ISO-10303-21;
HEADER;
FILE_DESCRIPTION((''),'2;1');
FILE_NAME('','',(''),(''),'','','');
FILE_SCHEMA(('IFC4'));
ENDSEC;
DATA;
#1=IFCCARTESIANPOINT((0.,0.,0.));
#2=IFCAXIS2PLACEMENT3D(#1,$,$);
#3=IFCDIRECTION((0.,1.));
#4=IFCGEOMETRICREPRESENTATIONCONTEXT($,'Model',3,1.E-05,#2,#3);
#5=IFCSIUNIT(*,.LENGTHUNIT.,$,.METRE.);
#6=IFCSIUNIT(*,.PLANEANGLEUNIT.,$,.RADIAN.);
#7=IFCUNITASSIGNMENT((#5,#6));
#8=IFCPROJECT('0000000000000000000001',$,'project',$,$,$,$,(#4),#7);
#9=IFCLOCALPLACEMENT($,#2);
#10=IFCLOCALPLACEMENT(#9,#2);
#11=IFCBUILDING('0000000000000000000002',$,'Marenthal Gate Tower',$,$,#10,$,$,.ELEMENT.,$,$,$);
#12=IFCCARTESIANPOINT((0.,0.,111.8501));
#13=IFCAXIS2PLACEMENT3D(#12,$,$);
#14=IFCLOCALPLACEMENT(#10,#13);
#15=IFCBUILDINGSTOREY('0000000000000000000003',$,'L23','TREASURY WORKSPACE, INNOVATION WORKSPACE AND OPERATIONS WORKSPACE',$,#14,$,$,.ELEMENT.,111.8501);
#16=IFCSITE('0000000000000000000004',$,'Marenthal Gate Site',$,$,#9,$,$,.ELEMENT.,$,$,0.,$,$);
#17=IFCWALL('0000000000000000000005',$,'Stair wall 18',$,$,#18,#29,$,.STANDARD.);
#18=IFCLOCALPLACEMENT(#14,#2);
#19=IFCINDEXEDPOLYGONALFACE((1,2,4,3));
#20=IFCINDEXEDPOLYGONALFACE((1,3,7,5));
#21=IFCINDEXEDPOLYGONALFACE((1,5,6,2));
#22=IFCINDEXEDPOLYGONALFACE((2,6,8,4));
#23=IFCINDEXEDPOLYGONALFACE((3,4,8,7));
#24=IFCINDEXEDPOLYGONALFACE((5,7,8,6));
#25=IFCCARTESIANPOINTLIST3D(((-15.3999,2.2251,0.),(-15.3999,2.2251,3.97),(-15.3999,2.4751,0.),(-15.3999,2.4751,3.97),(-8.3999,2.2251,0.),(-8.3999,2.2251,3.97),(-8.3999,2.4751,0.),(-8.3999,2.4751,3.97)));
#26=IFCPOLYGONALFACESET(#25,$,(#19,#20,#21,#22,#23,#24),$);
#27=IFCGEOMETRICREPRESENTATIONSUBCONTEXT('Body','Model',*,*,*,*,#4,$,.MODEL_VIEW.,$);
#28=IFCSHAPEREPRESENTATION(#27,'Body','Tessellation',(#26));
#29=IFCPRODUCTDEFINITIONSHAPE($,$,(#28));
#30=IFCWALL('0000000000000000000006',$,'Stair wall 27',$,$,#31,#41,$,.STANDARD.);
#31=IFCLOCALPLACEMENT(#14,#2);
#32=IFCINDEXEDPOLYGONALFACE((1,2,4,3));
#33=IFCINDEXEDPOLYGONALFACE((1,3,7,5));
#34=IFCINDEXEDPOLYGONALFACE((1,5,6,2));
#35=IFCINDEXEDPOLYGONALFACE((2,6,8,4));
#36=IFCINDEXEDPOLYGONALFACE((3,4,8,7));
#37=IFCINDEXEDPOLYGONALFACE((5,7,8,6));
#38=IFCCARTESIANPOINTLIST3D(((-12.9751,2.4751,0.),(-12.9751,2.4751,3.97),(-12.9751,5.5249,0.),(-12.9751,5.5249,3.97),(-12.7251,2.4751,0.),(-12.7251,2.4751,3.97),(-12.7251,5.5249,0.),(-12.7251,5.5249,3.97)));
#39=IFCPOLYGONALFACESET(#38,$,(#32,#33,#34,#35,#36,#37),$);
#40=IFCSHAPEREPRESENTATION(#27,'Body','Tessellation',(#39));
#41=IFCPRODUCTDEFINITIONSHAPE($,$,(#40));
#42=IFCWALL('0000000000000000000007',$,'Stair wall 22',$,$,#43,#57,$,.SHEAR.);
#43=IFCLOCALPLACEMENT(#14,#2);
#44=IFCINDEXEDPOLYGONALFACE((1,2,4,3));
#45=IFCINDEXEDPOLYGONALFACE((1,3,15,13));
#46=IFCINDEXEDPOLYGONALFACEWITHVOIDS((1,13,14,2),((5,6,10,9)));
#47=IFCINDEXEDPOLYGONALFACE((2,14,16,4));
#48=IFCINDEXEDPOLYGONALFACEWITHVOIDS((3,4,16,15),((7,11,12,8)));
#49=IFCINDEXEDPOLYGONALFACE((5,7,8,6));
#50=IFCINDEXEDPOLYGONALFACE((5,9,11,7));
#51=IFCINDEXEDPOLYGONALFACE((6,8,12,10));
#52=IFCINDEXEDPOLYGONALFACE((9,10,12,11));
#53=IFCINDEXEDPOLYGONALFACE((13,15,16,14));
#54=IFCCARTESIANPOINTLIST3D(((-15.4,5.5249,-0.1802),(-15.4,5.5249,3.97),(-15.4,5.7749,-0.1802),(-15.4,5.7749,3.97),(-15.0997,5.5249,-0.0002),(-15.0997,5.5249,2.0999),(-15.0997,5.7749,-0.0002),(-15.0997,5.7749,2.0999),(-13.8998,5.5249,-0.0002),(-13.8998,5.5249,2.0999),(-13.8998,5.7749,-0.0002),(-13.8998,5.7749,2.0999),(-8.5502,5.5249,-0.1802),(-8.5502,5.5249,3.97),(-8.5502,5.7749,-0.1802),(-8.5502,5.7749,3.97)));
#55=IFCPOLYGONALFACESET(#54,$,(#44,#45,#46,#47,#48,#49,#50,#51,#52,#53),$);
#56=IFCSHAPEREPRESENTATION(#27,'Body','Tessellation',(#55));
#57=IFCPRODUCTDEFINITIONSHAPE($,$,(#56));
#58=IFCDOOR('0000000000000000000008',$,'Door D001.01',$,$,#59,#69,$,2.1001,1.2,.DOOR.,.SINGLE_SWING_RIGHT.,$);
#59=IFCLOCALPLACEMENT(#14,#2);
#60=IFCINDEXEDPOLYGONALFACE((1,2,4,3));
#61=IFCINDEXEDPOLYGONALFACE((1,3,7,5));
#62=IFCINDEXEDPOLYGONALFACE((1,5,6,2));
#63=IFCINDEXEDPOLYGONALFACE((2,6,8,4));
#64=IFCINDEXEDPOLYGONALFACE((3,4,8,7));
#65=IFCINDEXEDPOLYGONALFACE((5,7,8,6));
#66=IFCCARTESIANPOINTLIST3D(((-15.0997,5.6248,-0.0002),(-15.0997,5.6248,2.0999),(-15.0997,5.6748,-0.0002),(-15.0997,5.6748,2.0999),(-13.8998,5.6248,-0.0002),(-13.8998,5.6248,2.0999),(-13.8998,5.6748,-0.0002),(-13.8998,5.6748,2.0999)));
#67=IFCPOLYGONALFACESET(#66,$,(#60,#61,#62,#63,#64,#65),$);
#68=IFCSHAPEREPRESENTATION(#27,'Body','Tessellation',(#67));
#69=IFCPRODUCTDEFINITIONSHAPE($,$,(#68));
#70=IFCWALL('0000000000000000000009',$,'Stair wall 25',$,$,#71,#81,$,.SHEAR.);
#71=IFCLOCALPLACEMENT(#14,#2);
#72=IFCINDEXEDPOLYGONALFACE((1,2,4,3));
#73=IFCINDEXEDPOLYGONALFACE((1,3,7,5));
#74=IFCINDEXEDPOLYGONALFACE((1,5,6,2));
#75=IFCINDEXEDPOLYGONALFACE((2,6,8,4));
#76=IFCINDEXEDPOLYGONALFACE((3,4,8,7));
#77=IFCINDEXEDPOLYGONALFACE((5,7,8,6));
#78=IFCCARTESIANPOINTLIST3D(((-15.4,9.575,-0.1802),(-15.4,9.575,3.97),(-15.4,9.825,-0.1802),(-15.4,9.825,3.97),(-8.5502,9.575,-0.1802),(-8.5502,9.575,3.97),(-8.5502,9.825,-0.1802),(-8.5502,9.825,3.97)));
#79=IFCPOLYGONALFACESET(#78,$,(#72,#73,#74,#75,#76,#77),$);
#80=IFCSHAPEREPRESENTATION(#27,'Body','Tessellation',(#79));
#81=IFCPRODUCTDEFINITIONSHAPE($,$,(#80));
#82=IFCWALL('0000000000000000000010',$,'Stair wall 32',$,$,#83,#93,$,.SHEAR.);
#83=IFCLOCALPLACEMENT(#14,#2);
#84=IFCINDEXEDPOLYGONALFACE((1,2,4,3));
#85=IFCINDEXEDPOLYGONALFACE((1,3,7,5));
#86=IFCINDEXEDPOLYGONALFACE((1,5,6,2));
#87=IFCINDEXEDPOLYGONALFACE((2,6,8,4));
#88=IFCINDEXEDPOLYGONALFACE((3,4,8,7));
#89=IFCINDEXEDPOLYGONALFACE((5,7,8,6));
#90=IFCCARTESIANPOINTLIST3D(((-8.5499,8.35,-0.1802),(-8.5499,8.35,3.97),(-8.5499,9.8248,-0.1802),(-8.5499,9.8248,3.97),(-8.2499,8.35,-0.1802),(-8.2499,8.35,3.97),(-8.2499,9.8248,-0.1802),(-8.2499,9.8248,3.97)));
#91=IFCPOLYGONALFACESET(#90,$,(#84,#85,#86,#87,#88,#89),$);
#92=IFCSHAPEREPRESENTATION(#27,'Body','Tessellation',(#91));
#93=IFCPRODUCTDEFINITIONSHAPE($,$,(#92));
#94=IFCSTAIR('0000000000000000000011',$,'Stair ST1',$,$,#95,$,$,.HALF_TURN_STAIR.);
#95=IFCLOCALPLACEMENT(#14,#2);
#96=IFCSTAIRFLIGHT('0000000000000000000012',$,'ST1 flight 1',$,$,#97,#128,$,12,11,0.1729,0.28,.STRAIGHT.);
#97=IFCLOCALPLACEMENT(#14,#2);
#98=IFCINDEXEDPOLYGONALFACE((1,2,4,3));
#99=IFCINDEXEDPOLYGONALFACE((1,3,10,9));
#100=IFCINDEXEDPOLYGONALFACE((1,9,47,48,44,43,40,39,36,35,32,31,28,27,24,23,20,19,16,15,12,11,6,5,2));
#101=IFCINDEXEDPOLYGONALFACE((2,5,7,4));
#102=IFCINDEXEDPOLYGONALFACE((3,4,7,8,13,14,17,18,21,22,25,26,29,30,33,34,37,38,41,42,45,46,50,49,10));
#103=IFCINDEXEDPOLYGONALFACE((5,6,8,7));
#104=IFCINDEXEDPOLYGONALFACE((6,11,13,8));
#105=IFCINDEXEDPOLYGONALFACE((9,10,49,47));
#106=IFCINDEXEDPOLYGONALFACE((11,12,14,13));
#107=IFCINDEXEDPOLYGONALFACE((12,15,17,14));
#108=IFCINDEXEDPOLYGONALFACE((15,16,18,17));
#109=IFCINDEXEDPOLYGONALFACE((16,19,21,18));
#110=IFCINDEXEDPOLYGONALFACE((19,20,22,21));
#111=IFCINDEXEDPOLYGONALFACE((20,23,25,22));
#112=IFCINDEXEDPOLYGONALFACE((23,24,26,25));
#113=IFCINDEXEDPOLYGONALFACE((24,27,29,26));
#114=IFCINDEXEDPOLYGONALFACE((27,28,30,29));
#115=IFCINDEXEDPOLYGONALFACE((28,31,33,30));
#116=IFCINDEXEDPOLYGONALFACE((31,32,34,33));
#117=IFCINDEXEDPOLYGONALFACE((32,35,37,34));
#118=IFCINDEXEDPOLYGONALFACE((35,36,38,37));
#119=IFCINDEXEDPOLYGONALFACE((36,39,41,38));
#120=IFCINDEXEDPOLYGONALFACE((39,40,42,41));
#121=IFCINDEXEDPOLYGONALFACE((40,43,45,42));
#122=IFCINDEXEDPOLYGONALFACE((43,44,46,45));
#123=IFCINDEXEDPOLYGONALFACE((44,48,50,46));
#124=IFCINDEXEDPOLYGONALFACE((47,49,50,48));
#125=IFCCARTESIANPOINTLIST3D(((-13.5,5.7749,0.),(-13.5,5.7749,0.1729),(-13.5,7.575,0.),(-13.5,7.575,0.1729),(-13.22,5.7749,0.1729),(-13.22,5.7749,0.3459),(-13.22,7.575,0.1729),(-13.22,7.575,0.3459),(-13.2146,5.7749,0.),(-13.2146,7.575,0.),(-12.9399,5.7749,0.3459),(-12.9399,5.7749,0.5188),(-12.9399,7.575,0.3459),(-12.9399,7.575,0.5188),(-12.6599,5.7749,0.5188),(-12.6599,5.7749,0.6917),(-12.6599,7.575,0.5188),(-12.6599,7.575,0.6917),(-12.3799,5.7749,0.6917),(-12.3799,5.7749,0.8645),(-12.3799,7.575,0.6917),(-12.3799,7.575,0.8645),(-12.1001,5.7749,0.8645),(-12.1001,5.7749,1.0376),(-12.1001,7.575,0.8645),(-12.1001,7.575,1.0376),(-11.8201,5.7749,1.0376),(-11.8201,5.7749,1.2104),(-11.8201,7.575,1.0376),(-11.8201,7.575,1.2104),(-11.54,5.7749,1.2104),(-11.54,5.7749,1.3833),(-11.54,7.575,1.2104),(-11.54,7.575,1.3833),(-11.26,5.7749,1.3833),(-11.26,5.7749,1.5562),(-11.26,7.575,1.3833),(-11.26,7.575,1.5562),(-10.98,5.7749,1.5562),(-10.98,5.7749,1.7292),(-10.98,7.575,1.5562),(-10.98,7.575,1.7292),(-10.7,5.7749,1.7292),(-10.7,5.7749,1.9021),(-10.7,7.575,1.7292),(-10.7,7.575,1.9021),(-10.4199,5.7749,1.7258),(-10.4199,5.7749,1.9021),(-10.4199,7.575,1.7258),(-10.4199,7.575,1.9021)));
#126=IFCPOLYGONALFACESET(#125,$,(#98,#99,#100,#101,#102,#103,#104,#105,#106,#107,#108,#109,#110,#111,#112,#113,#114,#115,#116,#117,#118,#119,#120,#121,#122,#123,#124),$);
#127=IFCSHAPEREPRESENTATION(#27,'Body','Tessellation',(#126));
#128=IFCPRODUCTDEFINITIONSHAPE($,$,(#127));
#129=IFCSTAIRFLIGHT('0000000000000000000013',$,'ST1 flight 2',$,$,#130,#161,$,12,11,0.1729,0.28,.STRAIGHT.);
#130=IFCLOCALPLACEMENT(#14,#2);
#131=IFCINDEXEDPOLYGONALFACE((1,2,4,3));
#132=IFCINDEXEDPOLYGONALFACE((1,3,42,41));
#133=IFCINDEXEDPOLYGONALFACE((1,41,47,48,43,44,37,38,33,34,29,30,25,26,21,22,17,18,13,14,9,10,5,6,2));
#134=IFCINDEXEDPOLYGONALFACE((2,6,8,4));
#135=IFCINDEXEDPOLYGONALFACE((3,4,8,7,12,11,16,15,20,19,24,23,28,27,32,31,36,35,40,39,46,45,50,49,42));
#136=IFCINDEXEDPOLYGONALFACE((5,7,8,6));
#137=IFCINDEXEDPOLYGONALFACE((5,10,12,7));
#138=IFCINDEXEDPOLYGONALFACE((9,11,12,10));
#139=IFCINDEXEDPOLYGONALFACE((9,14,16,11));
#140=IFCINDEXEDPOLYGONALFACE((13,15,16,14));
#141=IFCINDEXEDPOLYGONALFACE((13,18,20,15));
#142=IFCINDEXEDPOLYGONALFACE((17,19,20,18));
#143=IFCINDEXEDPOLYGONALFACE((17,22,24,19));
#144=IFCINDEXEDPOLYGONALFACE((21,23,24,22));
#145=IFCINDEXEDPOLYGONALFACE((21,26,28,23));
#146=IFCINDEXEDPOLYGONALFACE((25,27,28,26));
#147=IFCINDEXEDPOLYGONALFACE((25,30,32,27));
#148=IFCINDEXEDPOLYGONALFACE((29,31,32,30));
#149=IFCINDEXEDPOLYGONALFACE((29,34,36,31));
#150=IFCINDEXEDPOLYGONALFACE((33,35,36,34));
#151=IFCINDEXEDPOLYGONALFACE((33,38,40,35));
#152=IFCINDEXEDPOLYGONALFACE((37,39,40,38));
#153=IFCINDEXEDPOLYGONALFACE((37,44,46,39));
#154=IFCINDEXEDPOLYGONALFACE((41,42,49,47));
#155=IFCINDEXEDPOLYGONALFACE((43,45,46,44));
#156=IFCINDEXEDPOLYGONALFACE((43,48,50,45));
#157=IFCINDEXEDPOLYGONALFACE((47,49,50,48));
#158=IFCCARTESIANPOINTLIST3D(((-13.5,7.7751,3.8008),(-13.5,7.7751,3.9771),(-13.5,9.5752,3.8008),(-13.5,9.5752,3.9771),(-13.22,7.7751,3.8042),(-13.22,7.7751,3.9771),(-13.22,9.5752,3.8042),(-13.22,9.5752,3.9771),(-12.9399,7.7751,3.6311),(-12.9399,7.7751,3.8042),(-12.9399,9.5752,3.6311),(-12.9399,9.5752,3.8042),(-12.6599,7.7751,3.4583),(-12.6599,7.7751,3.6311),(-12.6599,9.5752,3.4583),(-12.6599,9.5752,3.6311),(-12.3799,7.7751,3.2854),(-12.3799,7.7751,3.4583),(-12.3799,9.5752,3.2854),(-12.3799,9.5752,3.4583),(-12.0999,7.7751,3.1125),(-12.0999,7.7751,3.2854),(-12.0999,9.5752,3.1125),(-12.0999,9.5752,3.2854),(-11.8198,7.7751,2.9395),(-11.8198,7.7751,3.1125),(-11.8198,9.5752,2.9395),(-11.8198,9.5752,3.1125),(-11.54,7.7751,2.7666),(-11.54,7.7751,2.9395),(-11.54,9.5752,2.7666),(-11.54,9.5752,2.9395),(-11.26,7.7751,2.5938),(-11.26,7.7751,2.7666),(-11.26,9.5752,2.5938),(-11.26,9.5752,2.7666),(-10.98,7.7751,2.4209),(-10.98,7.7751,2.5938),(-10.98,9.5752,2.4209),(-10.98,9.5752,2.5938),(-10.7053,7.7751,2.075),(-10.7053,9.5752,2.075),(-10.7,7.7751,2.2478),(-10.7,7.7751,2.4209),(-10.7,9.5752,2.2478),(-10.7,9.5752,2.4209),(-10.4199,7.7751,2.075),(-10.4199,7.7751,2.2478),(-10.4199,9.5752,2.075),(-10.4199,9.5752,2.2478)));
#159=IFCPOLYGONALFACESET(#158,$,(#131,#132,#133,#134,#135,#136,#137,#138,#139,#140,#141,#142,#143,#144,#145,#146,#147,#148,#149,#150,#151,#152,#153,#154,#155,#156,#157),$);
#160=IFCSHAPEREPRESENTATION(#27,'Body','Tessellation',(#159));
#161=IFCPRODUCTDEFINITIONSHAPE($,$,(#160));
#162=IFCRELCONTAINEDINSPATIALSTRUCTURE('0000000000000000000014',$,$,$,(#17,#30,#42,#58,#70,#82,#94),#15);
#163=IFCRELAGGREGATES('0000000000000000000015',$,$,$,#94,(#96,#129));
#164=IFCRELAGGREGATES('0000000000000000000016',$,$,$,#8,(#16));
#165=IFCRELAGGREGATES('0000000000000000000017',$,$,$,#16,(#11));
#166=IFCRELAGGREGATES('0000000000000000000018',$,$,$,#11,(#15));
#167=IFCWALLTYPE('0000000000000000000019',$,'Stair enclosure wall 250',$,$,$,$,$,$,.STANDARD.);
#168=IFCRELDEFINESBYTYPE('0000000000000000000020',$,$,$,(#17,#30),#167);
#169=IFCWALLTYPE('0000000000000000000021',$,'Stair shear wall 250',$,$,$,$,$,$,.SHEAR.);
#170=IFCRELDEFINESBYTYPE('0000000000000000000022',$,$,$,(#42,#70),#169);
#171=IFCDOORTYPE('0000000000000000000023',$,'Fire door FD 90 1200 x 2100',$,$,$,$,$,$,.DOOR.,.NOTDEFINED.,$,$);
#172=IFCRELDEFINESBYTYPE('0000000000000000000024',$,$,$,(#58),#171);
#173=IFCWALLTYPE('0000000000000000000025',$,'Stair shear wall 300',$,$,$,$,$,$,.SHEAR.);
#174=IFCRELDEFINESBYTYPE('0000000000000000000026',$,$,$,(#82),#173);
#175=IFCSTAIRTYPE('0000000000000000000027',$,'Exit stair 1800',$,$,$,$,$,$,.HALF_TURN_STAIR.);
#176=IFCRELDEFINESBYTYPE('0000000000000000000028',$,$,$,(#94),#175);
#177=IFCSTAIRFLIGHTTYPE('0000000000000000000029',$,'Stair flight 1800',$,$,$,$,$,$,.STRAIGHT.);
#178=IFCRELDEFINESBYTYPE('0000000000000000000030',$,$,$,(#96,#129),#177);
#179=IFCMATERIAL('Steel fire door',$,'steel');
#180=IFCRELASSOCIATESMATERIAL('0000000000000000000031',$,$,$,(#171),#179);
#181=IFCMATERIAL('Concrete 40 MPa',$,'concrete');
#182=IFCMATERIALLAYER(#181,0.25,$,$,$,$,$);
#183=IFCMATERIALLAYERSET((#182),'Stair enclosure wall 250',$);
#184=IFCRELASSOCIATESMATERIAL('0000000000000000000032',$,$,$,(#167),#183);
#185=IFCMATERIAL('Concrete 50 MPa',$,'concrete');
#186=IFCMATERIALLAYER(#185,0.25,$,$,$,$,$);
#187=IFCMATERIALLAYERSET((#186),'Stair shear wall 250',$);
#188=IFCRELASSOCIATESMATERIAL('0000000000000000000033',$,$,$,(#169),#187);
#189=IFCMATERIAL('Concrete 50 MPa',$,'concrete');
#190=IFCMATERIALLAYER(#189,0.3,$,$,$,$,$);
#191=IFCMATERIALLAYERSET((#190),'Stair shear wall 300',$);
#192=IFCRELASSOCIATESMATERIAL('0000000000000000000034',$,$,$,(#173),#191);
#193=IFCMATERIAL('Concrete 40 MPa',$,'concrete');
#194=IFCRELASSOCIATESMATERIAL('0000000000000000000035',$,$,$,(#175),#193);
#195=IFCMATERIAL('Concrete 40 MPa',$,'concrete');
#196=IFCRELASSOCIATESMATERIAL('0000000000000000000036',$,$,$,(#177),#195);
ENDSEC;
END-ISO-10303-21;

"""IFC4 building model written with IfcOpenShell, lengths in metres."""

from ifc_helpers import new_model, si_unit, direction, frame, frame_2d, origin, place, context, subcontext, project, spatial, polyline, rectangle, outline, extrude, material, layer, layer_set, type_object, element, fill, aggregate, save


model = new_model("IFC4")

# Units and contexts
model_context = context("Model", 3, precision=1e-05, world=origin(), true_north=direction((0.0, 1.0)))
body_context = subcontext(model_context, "Body", "Model", "MODEL_VIEW")
ifc_project = project(units=[si_unit("LENGTHUNIT", "METRE"), si_unit("PLANEANGLEUNIT", "RADIAN")], contexts=[model_context])

# Site, building, storey
site_placement = place(None, origin())
site = spatial("IfcSite", under=ifc_project, at=site_placement, Name="Marenthal Gate Site", CompositionType="ELEMENT", RefElevation=0.0)
building_placement = place(site_placement, origin())
building = spatial("IfcBuilding", under=site, at=building_placement, Name="Marenthal Gate Tower", CompositionType="ELEMENT")
storey_placement = place(building_placement, frame((0.0, 0.0, 111.8501)))
storey = spatial("IfcBuildingStorey", under=building, at=storey_placement, Name="L23", Description="TREASURY WORKSPACE, INNOVATION WORKSPACE AND OPERATIONS WORKSPACE", CompositionType="ELEMENT", Elevation=111.8501)

# Shared definitions
ifc_material_1 = material(Name="Steel fire door", Category="steel")
door_type_1 = type_object("IfcDoorType", Name="Fire door FD 90 1200 x 2100", OperationType="NOTDEFINED", PredefinedType="DOOR", material=ifc_material_1)

# Walls
ifc_material_2 = material(Name="Concrete 40 MPa", Category="concrete")
ifc_layer_1 = layer(ifc_material_2, 0.25)
ifc_layer_set_1 = layer_set([ifc_layer_1], Name="Stair enclosure wall 250")
wall_type_1 = type_object("IfcWallType", Name="Stair enclosure wall 250", PredefinedType="STANDARD", material=ifc_layer_set_1)
wall_1_placement = place(storey_placement, frame((-15.3999, 2.3501, 0.0), z_axis=(0.0, 0.0, 1.0), x_axis=(1.0, 0.0, 0.0)))
element("IfcWall", 1, at=wall_1_placement, inside=storey, type_object=wall_type_1, Name="Stair wall 18", PredefinedType="STANDARD", context=body_context, shape_type="SweptSolid", body=[
    extrude(rectangle(XDim=7.0, YDim=0.25, at=frame_2d((3.5, 0.0))), origin(), (0.0, 0.0, 1.0), 3.97),
])
wall_2_placement = place(storey_placement, frame((-12.8501, 2.4751, 0.0), z_axis=(0.0, 0.0, 1.0), x_axis=(0.0, 1.0, 0.0)))
element("IfcWall", 2, at=wall_2_placement, inside=storey, type_object=wall_type_1, Name="Stair wall 27", PredefinedType="STANDARD", context=body_context, shape_type="SweptSolid", body=[
    extrude(rectangle(XDim=3.0498, YDim=0.25, at=frame_2d((1.5249, 0.0))), origin(), (0.0, 0.0, 1.0), 3.97),
])

# Wall, opening, door
ifc_material_3 = material(Name="Concrete 50 MPa", Category="concrete")
ifc_layer_2 = layer(ifc_material_3, 0.25)
ifc_layer_set_2 = layer_set([ifc_layer_2], Name="Stair shear wall 250")
wall_type_2 = type_object("IfcWallType", Name="Stair shear wall 250", PredefinedType="SHEAR", material=ifc_layer_set_2)
wall_3_placement = place(storey_placement, frame((-15.3999, 5.6499, -0.1802), z_axis=(0.0, 0.0, 1.0), x_axis=(1.0, 0.0, 0.0)))
wall_3 = element("IfcWall", 3, at=wall_3_placement, inside=storey, type_object=wall_type_2, Name="Stair wall 22", PredefinedType="SHEAR", context=body_context, shape_type="SweptSolid", body=[
    extrude(rectangle(XDim=6.8499, YDim=0.25, at=frame_2d((3.4248, 0.0))), origin(), (0.0, 0.0, 1.0), 4.1501),
])
opening_1_placement = place(wall_3_placement, frame((0.3, 0.0, 0.1799)))
opening_1 = element("IfcOpeningElement", 4, at=opening_1_placement, cuts=wall_3, PredefinedType="OPENING", context=body_context, shape_type="SweptSolid", body=[
    extrude(rectangle(XDim=1.2, YDim=2.1001, at=frame_2d((0.6001, 1.05))), frame((0.0, 0.135, 0.0), z_axis=(0.0, -1.0, 0.0), x_axis=(1.0, 0.0, 0.0)), (0.0, 0.0, 1.0), 0.27),
])
door_1_placement = place(opening_1_placement, origin())
door_1 = element("IfcDoor", 5, at=door_1_placement, inside=storey, type_object=door_type_1, Name="Door D001.01", OperationType="SINGLE_SWING_RIGHT", OverallHeight=2.1001, OverallWidth=1.2, PredefinedType="DOOR", context=body_context, shape_type="SweptSolid", body=[
    extrude(rectangle(XDim=1.2, YDim=2.1001, at=frame_2d((0.6001, 1.05))), frame((0.0, 0.0249, 0.0), z_axis=(0.0, -1.0, 0.0), x_axis=(1.0, 0.0, 0.0)), (0.0, 0.0, 1.0), 0.05),
])
fill(opening_1, door_1)

# Walls
wall_4_placement = place(storey_placement, frame((-15.3999, 9.7, -0.1802), z_axis=(0.0, 0.0, 1.0), x_axis=(1.0, 0.0, 0.0)))
element("IfcWall", 6, at=wall_4_placement, inside=storey, type_object=wall_type_2, Name="Stair wall 25", PredefinedType="SHEAR", context=body_context, shape_type="SweptSolid", body=[
    extrude(rectangle(XDim=6.8499, YDim=0.25, at=frame_2d((3.4248, 0.0))), origin(), (0.0, 0.0, 1.0), 4.1501),
])
ifc_material_4 = material(Name="Concrete 50 MPa", Category="concrete")
ifc_layer_3 = layer(ifc_material_4, 0.3)
ifc_layer_set_3 = layer_set([ifc_layer_3], Name="Stair shear wall 300")
wall_type_3 = type_object("IfcWallType", Name="Stair shear wall 300", PredefinedType="SHEAR", material=ifc_layer_set_3)
wall_5_placement = place(storey_placement, frame((-8.3999, 8.3501, -0.1802), z_axis=(0.0, 0.0, 1.0), x_axis=(0.0, 1.0, 0.0)))
element("IfcWall", 7, at=wall_5_placement, inside=storey, type_object=wall_type_3, Name="Stair wall 32", PredefinedType="SHEAR", context=body_context, shape_type="SweptSolid", body=[
    extrude(rectangle(XDim=1.4749, YDim=0.3, at=frame_2d((0.7373, 0.0))), origin(), (0.0, 0.0, 1.0), 4.1501),
])

# Stair, stair flights
ifc_material_5 = material(Name="Concrete 40 MPa", Category="concrete")
stair_type = type_object("IfcStairType", Name="Exit stair 1800", PredefinedType="HALF_TURN_STAIR", material=ifc_material_5)
stair_placement = place(storey_placement, origin())
stair = element("IfcStair", 8, at=stair_placement, inside=storey, type_object=stair_type, Name="Stair ST1", PredefinedType="HALF_TURN_STAIR")
ifc_material_6 = material(Name="Concrete 40 MPa", Category="concrete")
stair_flight_type = type_object("IfcStairFlightType", Name="Stair flight 1800", PredefinedType="STRAIGHT", material=ifc_material_6)
stair_flight_1_placement = place(storey_placement, frame((-13.5, 6.675, 0.0), z_axis=(0.0, 0.0, 1.0), x_axis=(1.0, 0.0, 0.0)))
stair_flight_1 = element("IfcStairFlight", 9, at=stair_flight_1_placement, type_object=stair_flight_type, Name="ST1 flight 1", NumberOfRisers=12, NumberOfTreads=11, PredefinedType="STRAIGHT", RiserHeight=0.1729, TreadLength=0.28, context=body_context, shape_type="SweptSolid", body=[
    extrude(outline(polyline([(0.0, 0.0), (0.0, 0.1729), (0.28, 0.1729), (0.28, 0.3459), (0.5601, 0.3459), (0.5601, 0.5188), (0.8401, 0.5188), (0.8401, 0.6917), (1.1201, 0.6917), (1.1201, 0.8645), (1.3999, 0.8645), (1.3999, 1.0376), (1.6799, 1.0376), (1.6799, 1.2104), (1.96, 1.2104), (1.96, 1.3833), (2.24, 1.3833), (2.24, 1.5562), (2.52, 1.5562), (2.52, 1.7292), (2.8, 1.7292), (2.8, 1.9021), (3.0801, 1.9021), (3.0801, 2.075), (3.0801, 1.7258), (0.2854, 0.0), (0.0, 0.0)])), frame((0.0, 0.8999, 0.0), z_axis=(0.0, -1.0, 0.0), x_axis=(1.0, 0.0, 0.0)), (0.0, 0.0, 1.0), 1.8),
])
stair_flight_2_placement = place(storey_placement, frame((-10.4199, 8.675, 2.075), z_axis=(0.0, 0.0, 1.0), x_axis=(-1.0, 0.0, 0.0)))
stair_flight_2 = element("IfcStairFlight", 10, at=stair_flight_2_placement, type_object=stair_flight_type, Name="ST1 flight 2", NumberOfRisers=12, NumberOfTreads=11, PredefinedType="STRAIGHT", RiserHeight=0.1729, TreadLength=0.28, context=body_context, shape_type="SweptSolid", body=[
    extrude(outline(polyline([(0.0, 0.0), (0.0, 0.1729), (0.28, 0.1729), (0.28, 0.3459), (0.5601, 0.3459), (0.5601, 0.5188), (0.8401, 0.5188), (0.8401, 0.6917), (1.1201, 0.6917), (1.1201, 0.8645), (1.3999, 0.8645), (1.3999, 1.0376), (1.6799, 1.0376), (1.6799, 1.2104), (1.96, 1.2104), (1.96, 1.3833), (2.24, 1.3833), (2.24, 1.5562), (2.52, 1.5562), (2.52, 1.7292), (2.8, 1.7292), (2.8, 1.9021), (3.0801, 1.9021), (3.0801, 2.075), (3.0801, 1.7258), (0.2854, 0.0), (0.0, 0.0)])), frame((0.0, 0.8999, 0.0), z_axis=(0.0, -1.0, 0.0), x_axis=(1.0, 0.0, 0.0)), (0.0, 0.0, 1.0), 1.8),
])
aggregate(stair, [stair_flight_1, stair_flight_2])

save(model, "model.ifc")
